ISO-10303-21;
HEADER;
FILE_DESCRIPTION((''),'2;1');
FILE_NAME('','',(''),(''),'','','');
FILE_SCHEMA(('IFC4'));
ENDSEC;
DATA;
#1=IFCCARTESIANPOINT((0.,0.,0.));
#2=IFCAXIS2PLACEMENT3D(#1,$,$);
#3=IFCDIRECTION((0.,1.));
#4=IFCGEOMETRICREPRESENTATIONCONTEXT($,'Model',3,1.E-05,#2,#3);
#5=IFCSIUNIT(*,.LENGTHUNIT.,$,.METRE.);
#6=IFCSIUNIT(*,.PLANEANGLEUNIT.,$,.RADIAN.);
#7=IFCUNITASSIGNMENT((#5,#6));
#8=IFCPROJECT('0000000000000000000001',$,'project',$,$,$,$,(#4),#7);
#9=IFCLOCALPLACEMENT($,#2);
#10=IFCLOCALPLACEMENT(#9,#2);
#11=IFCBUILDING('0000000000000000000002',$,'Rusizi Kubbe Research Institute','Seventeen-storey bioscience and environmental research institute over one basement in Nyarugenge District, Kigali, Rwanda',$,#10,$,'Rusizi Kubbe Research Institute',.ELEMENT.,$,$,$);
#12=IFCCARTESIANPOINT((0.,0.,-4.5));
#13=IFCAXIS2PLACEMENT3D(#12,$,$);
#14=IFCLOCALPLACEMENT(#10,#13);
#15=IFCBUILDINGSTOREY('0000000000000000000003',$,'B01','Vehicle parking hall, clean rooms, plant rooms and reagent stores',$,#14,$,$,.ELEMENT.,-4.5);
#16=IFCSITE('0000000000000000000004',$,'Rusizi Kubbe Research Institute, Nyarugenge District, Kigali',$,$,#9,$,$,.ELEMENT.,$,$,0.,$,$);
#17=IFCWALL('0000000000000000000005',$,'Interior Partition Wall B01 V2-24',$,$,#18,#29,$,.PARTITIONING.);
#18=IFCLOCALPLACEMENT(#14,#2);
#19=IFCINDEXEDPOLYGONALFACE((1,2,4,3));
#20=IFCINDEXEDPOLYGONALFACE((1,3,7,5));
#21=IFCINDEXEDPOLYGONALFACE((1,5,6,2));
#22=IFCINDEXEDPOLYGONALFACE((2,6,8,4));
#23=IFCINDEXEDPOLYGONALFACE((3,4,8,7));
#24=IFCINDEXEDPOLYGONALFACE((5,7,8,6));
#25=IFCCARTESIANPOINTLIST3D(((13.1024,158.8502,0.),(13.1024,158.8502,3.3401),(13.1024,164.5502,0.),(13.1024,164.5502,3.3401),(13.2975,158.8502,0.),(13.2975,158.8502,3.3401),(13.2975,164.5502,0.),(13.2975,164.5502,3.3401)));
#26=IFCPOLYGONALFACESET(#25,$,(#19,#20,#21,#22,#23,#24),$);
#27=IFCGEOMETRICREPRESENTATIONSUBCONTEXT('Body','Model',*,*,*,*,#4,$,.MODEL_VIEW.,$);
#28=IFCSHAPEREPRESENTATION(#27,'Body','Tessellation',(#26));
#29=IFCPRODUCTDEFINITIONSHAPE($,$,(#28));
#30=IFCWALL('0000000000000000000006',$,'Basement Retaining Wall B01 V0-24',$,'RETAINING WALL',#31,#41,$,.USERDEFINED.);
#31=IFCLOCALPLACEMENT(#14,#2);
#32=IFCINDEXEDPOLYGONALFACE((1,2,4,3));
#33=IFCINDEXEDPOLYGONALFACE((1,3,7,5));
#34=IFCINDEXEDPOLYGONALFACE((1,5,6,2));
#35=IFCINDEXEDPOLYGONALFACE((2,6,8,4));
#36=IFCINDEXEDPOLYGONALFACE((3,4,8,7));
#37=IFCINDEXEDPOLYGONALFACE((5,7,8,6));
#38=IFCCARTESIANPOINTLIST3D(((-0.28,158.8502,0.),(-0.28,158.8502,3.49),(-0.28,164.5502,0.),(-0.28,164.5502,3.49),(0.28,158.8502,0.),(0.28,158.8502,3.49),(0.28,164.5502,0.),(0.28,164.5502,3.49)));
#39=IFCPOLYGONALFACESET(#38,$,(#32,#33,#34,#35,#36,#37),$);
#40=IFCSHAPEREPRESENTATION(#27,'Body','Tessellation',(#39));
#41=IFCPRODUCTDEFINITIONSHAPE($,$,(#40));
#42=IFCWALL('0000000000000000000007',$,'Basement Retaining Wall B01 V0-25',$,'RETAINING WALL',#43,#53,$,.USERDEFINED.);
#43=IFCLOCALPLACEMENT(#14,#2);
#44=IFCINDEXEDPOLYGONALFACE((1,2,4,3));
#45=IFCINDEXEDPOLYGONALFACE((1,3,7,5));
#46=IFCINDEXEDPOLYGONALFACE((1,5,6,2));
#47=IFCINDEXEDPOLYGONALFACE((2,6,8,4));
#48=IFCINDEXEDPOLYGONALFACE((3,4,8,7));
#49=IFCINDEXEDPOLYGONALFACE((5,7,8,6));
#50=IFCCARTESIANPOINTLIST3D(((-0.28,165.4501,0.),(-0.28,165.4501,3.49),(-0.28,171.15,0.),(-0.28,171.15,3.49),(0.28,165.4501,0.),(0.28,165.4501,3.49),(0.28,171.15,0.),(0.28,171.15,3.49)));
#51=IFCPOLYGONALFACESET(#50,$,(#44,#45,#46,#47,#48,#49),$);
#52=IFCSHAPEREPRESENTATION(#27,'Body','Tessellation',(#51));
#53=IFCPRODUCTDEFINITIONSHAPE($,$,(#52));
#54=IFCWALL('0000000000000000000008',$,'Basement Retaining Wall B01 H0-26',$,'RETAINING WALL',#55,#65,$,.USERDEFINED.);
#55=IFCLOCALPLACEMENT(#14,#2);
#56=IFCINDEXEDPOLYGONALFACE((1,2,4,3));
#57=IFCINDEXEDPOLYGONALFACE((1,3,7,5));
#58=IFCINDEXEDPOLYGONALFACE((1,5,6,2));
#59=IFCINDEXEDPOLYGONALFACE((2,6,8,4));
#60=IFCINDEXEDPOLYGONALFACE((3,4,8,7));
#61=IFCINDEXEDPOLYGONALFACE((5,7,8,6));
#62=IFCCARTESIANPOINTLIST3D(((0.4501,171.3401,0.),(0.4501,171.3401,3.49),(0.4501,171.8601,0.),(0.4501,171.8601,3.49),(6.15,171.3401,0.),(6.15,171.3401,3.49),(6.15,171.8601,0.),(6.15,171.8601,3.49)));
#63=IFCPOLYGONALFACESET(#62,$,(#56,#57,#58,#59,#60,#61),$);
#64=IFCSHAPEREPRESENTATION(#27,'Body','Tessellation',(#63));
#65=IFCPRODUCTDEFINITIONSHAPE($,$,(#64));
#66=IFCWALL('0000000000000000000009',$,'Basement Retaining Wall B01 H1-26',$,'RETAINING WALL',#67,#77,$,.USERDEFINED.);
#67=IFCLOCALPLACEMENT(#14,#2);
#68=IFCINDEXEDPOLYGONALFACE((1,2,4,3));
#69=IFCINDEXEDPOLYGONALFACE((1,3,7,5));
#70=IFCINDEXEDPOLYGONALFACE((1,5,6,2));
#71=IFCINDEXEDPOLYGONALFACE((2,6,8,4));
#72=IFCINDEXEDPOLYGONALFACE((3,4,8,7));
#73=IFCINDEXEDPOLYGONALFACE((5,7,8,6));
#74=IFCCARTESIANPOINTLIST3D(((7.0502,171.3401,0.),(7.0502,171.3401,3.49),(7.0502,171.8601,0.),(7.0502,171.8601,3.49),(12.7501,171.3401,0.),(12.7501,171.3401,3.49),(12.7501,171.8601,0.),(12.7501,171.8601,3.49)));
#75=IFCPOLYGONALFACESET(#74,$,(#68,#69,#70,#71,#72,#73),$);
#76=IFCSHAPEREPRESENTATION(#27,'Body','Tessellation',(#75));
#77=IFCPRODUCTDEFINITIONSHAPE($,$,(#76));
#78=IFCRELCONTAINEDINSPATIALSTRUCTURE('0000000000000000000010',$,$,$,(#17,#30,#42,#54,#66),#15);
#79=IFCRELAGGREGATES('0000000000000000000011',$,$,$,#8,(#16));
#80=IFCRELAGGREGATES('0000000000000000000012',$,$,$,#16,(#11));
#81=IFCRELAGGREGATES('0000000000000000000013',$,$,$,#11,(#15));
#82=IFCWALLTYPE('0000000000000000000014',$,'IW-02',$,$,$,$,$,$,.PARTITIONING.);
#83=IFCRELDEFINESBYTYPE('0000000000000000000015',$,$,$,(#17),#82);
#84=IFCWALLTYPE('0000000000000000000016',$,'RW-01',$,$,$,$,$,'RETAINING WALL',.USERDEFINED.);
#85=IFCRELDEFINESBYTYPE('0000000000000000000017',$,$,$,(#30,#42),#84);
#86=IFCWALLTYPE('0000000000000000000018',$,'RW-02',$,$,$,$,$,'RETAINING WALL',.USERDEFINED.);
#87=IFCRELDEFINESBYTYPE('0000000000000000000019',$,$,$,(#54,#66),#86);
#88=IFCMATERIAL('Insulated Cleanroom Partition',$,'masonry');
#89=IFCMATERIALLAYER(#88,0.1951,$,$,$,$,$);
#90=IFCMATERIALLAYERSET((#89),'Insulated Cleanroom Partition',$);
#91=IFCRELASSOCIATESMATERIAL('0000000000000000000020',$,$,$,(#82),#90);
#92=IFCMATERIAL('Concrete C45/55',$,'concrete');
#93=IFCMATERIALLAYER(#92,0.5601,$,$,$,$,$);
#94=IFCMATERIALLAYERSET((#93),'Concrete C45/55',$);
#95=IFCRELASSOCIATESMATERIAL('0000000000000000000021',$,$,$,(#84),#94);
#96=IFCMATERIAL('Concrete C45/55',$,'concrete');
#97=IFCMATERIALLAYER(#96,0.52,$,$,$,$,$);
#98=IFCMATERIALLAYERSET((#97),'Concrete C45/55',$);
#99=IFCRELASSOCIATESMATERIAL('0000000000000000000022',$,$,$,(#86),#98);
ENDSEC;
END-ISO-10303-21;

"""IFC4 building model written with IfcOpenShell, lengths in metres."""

from ifc_helpers import new_model, si_unit, direction, frame, frame_2d, origin, place, context, subcontext, project, spatial, rectangle, extrude, material, layer, layer_set, type_object, element, save


model = new_model("IFC4")

# Units and contexts
model_context = context("Model", 3, precision=1e-05, world=origin(), true_north=direction((0.0, 1.0)))
body_context = subcontext(model_context, "Body", "Model", "MODEL_VIEW")
ifc_project = project(units=[si_unit("LENGTHUNIT", "METRE"), si_unit("PLANEANGLEUNIT", "RADIAN")], contexts=[model_context])

# Site, building, storey
site_placement = place(None, origin())
site = spatial("IfcSite", under=ifc_project, at=site_placement, Name="Rusizi Kubbe Research Institute, Nyarugenge District, Kigali", CompositionType="ELEMENT", RefElevation=0.0)
building_placement = place(site_placement, origin())
building = spatial("IfcBuilding", under=site, at=building_placement, Name="Rusizi Kubbe Research Institute", Description="Seventeen-storey bioscience and environmental research institute over one basement in Nyarugenge District, Kigali, Rwanda", LongName="Rusizi Kubbe Research Institute", CompositionType="ELEMENT")
storey_placement = place(building_placement, frame((0.0, 0.0, -4.5)))
storey = spatial("IfcBuildingStorey", under=building, at=storey_placement, Name="B01", Description="Vehicle parking hall, clean rooms, plant rooms and reagent stores", CompositionType="ELEMENT", Elevation=-4.5)

# Shared definitions
ifc_material_1 = material(Name="Insulated Cleanroom Partition", Category="masonry")
ifc_layer_1 = layer(ifc_material_1, 0.1951)
ifc_layer_set_1 = layer_set([ifc_layer_1], Name="Insulated Cleanroom Partition")
wall_type_1 = type_object("IfcWallType", Name="IW-02", PredefinedType="PARTITIONING", material=ifc_layer_set_1)

# Walls
wall_1_placement = place(storey_placement, frame((13.2, 158.8501, 0.0), z_axis=(0.0, 0.0, 1.0), x_axis=(0.0, 1.0, 0.0)))
element("IfcWall", 1, at=wall_1_placement, inside=storey, type_object=wall_type_1, Name="Interior Partition Wall B01 V2-24", PredefinedType="PARTITIONING", context=body_context, shape_type="SweptSolid", body=[
    extrude(rectangle(XDim=5.7, YDim=0.1951, at=frame_2d((2.8501, 0.0))), origin(), (0.0, 0.0, 1.0), 3.3401),
])
ifc_material_2 = material(Name="Concrete C45/55", Category="concrete")
ifc_layer_2 = layer(ifc_material_2, 0.5601)
ifc_layer_set_2 = layer_set([ifc_layer_2], Name="Concrete C45/55")
wall_type_2 = type_object("IfcWallType", Name="RW-01", ElementType="RETAINING WALL", PredefinedType="USERDEFINED", material=ifc_layer_set_2)
for number, where, z_axis, x_axis, name in (
    (2, (0.0, 158.8501, 0.0), (0.0, 0.0, 1.0), (0.0, 1.0, 0.0), "Basement Retaining Wall B01 V0-24"),
    (3, (0.0, 165.45, 0.0), (0.0, 0.0, 1.0), (0.0, 1.0, 0.0), "Basement Retaining Wall B01 V0-25"),
):
    element("IfcWall", number, at=place(storey_placement, frame(where, z_axis=z_axis, x_axis=x_axis)), inside=storey, type_object=wall_type_2, Name=name, ObjectType="RETAINING WALL", PredefinedType="USERDEFINED", context=body_context, shape_type="SweptSolid", body=[
        extrude(rectangle(XDim=5.7, YDim=0.5601, at=frame_2d((2.8501, 0.0))), origin(), (0.0, 0.0, 1.0), 3.49),
    ])
ifc_material_3 = material(Name="Concrete C45/55", Category="concrete")
ifc_layer_3 = layer(ifc_material_3, 0.52)
ifc_layer_set_3 = layer_set([ifc_layer_3], Name="Concrete C45/55")
wall_type_3 = type_object("IfcWallType", Name="RW-02", ElementType="RETAINING WALL", PredefinedType="USERDEFINED", material=ifc_layer_set_3)
for number, where, z_axis, x_axis, name in (
    (4, (0.45, 171.6001, 0.0), (0.0, 0.0, 1.0), (1.0, 0.0, 0.0), "Basement Retaining Wall B01 H0-26"),
    (5, (7.05, 171.6001, 0.0), (0.0, 0.0, 1.0), (1.0, 0.0, 0.0), "Basement Retaining Wall B01 H1-26"),
):
    element("IfcWall", number, at=place(storey_placement, frame(where, z_axis=z_axis, x_axis=x_axis)), inside=storey, type_object=wall_type_3, Name=name, ObjectType="RETAINING WALL", PredefinedType="USERDEFINED", context=body_context, shape_type="SweptSolid", body=[
        extrude(rectangle(XDim=5.7, YDim=0.52, at=frame_2d((2.8501, 0.0))), origin(), (0.0, 0.0, 1.0), 3.49),
    ])

save(model, "model.ifc")
